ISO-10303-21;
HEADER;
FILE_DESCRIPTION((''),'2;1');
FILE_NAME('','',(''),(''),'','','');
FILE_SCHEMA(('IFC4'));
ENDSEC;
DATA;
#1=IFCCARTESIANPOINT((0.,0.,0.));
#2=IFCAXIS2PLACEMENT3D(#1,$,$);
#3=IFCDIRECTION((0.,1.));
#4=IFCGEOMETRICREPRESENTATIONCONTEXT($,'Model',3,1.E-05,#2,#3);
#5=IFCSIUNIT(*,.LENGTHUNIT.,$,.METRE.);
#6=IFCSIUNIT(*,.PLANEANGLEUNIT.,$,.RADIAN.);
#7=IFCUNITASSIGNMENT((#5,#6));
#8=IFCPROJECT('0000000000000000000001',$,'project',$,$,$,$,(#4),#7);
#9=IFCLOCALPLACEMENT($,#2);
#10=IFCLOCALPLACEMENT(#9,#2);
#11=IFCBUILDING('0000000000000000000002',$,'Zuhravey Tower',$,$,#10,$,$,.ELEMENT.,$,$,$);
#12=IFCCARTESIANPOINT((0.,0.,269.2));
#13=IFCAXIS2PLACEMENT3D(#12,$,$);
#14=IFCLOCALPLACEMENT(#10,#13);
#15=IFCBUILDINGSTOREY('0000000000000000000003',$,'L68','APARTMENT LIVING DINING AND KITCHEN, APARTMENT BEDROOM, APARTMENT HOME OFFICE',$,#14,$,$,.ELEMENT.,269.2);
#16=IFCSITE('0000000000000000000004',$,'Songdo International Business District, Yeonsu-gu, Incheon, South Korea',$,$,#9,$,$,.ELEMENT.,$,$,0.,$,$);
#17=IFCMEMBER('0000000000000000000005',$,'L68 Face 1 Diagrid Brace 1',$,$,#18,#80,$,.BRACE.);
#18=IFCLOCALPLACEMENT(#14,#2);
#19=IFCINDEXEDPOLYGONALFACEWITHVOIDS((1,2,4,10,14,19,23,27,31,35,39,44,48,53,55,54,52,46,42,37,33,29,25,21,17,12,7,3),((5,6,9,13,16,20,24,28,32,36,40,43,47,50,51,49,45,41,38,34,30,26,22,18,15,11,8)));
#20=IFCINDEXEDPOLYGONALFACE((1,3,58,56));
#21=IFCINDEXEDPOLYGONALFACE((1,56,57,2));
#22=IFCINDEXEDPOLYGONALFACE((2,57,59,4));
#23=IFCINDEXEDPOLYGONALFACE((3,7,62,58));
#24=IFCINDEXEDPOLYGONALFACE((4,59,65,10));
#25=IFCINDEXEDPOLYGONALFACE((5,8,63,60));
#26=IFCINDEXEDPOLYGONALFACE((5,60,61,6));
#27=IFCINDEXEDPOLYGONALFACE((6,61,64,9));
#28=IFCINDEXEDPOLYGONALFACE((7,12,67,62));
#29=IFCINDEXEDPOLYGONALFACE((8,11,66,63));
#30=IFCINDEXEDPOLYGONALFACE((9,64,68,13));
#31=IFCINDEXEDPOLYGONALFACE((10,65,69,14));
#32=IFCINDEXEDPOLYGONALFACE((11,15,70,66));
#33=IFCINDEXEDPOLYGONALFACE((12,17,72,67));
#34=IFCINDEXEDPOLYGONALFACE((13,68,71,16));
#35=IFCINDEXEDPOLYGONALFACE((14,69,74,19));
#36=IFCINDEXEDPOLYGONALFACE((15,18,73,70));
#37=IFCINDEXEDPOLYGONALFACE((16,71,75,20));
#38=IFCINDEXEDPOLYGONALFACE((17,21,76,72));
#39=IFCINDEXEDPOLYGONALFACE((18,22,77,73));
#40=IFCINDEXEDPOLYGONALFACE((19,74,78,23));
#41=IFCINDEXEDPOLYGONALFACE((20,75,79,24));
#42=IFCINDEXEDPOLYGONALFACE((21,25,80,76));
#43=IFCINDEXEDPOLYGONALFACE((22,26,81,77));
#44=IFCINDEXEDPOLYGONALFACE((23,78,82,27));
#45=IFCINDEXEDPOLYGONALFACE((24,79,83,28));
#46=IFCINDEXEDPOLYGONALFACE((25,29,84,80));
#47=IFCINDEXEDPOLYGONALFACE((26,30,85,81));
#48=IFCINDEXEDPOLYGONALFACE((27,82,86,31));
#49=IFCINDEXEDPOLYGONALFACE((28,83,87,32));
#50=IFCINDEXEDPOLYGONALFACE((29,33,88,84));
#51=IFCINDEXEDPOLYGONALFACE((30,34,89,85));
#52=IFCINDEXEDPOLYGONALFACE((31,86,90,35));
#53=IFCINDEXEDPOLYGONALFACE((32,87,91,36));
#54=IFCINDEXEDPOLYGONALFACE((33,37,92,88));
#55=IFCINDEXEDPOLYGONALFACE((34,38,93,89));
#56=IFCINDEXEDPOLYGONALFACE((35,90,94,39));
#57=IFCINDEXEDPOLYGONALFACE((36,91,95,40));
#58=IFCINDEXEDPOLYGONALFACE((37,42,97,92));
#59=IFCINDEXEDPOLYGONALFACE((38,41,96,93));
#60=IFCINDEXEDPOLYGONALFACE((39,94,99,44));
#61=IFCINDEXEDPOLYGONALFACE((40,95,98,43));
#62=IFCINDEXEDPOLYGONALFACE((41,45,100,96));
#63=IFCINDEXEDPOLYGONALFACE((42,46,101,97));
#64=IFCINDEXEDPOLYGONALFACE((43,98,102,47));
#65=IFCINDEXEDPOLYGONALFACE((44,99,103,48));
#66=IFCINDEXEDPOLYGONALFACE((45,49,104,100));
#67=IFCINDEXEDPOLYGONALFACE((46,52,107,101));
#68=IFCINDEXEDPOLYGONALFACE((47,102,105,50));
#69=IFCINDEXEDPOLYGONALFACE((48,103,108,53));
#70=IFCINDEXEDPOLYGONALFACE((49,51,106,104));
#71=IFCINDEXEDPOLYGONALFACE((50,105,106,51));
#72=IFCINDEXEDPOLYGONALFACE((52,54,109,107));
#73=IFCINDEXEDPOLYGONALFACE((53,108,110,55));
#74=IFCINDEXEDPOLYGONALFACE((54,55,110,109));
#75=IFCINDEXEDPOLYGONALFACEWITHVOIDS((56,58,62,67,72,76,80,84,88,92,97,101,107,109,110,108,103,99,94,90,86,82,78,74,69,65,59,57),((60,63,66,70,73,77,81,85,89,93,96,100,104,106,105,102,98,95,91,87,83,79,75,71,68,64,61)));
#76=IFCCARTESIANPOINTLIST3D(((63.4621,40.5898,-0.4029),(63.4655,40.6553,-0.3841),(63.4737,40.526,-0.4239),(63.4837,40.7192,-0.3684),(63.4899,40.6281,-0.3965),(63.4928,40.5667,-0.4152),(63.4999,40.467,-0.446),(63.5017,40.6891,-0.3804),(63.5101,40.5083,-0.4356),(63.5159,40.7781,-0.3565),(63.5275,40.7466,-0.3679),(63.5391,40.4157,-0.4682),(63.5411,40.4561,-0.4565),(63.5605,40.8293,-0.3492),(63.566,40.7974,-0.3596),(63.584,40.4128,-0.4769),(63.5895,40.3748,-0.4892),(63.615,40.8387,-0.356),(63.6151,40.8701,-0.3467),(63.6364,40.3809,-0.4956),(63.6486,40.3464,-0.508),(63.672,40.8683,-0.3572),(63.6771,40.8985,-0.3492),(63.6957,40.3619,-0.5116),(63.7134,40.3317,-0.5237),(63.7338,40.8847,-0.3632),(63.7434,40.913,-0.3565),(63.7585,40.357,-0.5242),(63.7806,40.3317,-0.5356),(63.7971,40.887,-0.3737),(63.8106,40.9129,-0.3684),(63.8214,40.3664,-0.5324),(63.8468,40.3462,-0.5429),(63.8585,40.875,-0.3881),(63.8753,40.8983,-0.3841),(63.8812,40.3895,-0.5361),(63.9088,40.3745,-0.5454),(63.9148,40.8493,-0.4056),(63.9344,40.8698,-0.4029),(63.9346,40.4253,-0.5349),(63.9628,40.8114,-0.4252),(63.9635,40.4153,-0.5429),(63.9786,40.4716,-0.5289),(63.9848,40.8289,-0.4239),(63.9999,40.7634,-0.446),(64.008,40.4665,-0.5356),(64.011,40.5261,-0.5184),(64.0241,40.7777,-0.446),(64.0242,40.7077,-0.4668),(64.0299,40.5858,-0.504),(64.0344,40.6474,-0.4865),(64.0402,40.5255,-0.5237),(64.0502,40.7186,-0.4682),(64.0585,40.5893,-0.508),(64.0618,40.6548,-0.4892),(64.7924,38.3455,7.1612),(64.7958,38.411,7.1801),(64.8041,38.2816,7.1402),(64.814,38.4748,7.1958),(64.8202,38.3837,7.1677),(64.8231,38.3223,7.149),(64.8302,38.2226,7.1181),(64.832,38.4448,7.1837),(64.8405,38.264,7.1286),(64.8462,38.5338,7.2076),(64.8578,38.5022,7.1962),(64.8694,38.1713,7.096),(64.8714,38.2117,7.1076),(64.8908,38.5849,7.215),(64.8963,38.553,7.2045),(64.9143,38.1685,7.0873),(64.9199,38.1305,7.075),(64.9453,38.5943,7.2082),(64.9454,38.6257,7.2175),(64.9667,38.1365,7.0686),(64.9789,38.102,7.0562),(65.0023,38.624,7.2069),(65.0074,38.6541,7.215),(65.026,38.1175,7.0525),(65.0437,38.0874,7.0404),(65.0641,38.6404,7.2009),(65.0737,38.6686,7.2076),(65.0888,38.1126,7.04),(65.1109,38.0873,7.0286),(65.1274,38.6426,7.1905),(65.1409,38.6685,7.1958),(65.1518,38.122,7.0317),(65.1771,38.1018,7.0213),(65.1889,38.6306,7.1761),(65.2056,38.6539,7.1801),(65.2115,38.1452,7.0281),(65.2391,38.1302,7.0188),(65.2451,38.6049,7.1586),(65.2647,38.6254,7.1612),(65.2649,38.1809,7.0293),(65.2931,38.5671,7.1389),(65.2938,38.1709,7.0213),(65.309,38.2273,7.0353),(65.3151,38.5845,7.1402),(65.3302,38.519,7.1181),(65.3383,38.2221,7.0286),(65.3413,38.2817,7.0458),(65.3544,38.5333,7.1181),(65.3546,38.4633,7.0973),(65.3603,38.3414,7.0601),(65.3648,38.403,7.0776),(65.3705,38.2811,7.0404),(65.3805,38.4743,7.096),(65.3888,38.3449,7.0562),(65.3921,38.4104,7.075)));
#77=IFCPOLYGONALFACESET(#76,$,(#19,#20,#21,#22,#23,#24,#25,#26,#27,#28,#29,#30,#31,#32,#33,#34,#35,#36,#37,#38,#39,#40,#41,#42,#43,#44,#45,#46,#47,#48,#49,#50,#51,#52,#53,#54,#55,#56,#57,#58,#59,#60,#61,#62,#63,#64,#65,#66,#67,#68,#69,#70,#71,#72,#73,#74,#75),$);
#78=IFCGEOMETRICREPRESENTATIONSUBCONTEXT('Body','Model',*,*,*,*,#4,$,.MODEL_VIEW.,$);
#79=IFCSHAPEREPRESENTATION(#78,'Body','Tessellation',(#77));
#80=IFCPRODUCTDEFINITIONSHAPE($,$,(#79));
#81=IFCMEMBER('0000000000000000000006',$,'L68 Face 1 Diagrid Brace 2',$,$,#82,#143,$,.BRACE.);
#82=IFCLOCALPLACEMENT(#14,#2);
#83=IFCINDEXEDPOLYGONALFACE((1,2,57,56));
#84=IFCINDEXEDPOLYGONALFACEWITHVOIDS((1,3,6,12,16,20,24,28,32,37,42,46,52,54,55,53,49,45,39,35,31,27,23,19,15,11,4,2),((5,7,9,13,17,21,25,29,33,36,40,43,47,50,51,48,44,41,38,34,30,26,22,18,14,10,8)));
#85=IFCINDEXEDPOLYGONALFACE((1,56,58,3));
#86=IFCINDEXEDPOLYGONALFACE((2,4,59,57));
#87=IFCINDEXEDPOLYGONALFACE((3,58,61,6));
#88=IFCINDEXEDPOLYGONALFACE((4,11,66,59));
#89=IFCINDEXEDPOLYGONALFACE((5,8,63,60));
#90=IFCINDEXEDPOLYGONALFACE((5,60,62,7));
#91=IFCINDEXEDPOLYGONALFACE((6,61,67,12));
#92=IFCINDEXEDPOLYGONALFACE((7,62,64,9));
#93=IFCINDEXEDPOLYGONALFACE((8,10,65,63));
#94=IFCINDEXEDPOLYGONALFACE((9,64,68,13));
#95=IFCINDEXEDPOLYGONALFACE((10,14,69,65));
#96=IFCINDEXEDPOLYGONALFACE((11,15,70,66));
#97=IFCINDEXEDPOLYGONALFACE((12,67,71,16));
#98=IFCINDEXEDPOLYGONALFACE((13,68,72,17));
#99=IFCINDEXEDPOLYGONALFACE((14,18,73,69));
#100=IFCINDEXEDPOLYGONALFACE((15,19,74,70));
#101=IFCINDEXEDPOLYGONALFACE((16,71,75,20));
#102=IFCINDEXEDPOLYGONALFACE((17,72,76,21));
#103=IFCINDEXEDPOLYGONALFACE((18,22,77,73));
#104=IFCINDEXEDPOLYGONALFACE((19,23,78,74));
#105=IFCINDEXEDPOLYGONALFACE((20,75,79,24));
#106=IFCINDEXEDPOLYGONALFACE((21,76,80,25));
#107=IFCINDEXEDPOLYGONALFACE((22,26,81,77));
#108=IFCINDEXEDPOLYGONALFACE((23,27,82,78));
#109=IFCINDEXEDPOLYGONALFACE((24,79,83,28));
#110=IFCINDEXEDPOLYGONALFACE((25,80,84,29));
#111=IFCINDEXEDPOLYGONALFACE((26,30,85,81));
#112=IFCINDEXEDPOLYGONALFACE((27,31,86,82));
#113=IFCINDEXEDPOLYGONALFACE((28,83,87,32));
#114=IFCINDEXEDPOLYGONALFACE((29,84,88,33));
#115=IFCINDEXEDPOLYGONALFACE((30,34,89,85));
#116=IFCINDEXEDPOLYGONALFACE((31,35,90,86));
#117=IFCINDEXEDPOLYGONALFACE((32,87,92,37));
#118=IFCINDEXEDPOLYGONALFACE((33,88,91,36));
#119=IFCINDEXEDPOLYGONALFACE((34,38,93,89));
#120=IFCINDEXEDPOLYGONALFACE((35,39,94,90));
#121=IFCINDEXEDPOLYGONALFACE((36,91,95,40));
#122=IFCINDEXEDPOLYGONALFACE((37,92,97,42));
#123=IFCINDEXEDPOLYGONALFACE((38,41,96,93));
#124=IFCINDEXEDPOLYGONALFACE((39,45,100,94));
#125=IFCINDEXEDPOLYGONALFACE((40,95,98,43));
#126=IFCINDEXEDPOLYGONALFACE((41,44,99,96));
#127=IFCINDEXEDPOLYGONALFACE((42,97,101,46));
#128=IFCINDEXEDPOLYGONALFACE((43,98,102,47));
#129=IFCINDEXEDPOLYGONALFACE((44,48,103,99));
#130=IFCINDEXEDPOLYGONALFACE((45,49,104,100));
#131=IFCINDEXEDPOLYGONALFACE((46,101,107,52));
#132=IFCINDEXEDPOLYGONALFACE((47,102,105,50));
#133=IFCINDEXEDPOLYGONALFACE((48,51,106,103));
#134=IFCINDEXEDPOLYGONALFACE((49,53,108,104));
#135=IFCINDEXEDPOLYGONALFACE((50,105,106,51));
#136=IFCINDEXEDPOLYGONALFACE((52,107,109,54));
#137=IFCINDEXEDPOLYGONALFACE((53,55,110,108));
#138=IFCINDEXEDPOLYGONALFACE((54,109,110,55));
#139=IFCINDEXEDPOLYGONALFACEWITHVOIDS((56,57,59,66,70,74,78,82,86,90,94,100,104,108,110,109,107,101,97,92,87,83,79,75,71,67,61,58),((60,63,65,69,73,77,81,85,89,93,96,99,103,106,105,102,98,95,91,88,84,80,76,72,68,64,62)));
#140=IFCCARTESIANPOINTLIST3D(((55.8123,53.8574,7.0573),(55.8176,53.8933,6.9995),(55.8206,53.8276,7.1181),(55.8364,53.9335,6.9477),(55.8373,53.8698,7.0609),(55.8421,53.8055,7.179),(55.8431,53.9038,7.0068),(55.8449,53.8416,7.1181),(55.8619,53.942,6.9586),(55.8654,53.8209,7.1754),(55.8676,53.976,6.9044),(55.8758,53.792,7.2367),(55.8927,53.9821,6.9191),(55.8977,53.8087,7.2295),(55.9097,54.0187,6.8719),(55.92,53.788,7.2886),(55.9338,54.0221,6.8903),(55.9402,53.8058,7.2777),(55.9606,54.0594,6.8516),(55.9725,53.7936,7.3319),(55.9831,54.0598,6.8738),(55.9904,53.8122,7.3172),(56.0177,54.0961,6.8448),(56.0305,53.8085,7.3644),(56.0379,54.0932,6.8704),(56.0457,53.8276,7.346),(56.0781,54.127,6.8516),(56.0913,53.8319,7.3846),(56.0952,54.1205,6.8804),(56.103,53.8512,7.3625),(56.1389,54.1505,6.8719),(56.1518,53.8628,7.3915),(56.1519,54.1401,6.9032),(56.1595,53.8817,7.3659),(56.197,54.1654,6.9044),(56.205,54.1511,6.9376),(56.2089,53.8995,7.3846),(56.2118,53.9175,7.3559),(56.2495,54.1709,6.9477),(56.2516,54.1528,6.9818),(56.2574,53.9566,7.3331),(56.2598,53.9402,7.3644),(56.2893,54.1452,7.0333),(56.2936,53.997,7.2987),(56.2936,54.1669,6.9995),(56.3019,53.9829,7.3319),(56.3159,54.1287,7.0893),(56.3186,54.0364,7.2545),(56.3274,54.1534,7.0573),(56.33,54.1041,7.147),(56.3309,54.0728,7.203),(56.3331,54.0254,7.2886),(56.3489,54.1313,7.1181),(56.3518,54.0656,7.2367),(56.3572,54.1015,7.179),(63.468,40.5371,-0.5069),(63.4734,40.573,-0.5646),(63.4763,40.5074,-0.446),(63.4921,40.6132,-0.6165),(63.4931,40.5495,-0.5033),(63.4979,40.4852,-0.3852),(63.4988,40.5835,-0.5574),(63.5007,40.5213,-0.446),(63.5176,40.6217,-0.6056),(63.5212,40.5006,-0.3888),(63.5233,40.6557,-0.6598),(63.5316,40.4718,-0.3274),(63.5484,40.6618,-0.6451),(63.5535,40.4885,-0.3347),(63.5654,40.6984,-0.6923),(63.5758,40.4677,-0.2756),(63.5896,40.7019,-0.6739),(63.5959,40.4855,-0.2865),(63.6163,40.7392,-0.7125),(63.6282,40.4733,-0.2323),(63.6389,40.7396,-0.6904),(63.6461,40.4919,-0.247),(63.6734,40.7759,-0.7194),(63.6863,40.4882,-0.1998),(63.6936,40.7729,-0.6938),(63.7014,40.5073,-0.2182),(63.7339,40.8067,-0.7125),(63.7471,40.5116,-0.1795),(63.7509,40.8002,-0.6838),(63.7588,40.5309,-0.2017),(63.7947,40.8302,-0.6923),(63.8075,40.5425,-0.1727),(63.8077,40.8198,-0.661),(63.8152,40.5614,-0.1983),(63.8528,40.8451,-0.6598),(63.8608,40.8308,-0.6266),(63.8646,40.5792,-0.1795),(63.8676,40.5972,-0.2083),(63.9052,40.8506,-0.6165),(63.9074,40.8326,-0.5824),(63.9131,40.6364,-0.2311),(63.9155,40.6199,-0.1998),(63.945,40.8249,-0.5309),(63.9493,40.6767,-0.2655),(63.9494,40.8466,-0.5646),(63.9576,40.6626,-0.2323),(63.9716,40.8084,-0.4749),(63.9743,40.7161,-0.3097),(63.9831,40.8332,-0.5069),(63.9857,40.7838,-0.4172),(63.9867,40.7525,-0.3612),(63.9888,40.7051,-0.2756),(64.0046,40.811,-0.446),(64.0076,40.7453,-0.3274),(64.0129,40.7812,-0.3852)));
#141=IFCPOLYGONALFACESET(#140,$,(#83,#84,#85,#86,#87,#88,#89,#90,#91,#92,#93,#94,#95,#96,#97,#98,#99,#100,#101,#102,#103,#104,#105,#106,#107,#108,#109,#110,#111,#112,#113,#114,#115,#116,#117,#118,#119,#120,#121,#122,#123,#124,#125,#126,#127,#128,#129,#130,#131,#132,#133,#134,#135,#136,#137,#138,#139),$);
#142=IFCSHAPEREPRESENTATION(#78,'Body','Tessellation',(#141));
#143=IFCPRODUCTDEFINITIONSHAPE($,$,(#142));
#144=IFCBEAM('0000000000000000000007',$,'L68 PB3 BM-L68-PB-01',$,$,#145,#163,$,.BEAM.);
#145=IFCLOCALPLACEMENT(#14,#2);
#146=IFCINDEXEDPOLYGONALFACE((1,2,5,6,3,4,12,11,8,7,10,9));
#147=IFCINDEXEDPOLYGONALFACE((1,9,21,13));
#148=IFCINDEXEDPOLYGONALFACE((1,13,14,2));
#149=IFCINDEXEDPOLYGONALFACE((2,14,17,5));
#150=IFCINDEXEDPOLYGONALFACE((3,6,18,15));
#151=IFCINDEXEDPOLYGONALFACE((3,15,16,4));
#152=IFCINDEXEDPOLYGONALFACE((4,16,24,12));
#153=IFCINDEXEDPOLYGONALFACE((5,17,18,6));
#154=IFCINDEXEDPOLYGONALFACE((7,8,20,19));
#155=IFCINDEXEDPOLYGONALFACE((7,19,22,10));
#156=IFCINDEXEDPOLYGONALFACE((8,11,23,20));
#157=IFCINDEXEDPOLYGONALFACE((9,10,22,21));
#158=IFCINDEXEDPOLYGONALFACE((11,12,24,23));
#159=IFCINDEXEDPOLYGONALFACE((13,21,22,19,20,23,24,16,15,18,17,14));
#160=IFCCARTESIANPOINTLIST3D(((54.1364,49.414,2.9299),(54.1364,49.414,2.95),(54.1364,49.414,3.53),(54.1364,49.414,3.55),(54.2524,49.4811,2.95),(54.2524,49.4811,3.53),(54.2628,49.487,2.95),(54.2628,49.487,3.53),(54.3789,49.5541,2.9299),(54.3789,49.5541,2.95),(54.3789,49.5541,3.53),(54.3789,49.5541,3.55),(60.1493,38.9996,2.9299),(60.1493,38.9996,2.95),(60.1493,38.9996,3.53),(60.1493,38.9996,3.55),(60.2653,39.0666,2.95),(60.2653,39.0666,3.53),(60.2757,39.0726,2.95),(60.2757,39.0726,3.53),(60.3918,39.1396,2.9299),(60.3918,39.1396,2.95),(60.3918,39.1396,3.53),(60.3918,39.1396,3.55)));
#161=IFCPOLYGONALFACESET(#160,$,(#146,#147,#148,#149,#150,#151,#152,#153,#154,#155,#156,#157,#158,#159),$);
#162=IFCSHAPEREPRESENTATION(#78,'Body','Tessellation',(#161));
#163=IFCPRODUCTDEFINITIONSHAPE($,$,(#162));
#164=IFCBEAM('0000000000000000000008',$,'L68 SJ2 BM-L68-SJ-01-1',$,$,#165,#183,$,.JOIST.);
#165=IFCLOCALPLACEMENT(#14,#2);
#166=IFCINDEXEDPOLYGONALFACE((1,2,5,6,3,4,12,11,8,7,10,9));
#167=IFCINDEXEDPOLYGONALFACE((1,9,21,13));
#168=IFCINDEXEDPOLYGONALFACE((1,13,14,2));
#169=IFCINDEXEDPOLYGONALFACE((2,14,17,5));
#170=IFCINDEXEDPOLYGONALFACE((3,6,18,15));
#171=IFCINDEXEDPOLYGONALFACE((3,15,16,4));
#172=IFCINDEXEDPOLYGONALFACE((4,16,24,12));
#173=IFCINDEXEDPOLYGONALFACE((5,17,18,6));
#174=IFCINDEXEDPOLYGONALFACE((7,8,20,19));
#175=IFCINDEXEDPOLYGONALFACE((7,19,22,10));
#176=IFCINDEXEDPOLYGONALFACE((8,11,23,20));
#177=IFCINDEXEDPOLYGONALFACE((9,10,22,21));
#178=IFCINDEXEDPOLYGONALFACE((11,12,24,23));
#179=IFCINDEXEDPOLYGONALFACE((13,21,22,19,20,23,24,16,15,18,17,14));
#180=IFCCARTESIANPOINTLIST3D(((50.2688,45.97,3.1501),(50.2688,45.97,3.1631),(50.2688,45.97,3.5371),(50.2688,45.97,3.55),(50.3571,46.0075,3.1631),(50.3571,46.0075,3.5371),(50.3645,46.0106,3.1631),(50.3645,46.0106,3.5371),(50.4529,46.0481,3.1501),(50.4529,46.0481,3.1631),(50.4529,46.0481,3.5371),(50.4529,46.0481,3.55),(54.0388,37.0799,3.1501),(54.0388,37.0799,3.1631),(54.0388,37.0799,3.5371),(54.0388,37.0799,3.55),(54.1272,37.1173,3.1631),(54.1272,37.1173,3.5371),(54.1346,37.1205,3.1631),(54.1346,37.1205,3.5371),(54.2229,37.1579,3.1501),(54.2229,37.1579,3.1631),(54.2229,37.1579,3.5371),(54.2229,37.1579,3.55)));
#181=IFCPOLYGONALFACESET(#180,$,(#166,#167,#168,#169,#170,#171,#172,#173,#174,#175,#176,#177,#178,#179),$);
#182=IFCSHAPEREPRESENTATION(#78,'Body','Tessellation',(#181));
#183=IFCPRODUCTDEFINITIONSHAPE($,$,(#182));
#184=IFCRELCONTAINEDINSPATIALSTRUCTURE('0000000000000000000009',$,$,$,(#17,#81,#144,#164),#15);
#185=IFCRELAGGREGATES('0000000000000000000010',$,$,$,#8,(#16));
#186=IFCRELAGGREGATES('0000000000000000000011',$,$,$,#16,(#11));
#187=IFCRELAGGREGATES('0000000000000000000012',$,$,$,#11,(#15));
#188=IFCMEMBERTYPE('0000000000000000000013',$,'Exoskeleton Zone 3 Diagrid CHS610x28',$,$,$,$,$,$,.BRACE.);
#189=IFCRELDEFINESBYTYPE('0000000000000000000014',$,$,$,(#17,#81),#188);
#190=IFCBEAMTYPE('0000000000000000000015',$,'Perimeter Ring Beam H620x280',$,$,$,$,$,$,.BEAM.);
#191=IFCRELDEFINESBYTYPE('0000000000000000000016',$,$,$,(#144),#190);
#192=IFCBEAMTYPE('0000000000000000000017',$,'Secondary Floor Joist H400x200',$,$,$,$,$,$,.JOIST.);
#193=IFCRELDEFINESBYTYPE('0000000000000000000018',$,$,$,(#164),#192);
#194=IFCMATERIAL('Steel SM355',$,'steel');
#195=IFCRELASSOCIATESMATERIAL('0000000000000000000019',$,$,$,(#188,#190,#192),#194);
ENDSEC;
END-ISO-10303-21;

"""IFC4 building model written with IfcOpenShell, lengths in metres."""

from ifc_helpers import new_model, si_unit, direction, frame, origin, origin_2d, place, context, subcontext, project, spatial, hollow_circle, i_section, extrude, material, material_profile, profile_set, type_object, element, save


model = new_model("IFC4")

# Units and contexts
model_context = context("Model", 3, precision=1e-05, world=origin(), true_north=direction((0.0, 1.0)))
body_context = subcontext(model_context, "Body", "Model", "MODEL_VIEW")
ifc_project = project(units=[si_unit("LENGTHUNIT", "METRE"), si_unit("PLANEANGLEUNIT", "RADIAN")], contexts=[model_context])

# Site, building, storey
site_placement = place(None, origin())
site = spatial("IfcSite", under=ifc_project, at=site_placement, Name="Songdo International Business District, Yeonsu-gu, Incheon, South Korea", CompositionType="ELEMENT", RefElevation=0.0)
building_placement = place(site_placement, origin())
building = spatial("IfcBuilding", under=site, at=building_placement, Name="Zuhravey Tower", CompositionType="ELEMENT")
storey_placement = place(building_placement, frame((0.0, 0.0, 269.2)))
storey = spatial("IfcBuildingStorey", under=building, at=storey_placement, Name="L68", Description="APARTMENT LIVING DINING AND KITCHEN, APARTMENT BEDROOM, APARTMENT HOME OFFICE", CompositionType="ELEMENT", Elevation=269.2)

# Members
ifc_material_1 = material(Name="Steel SM355", Category="steel")
ifc_material_profile_1 = material_profile(ifc_material_1, hollow_circle(Radius=0.3047, WallThickness=0.0281, at=origin_2d()), Name="CHS-609.6x28")
ifc_profile_set_1 = profile_set([ifc_material_profile_1], Name="Steel SM355")
member_type_1 = type_object("IfcMemberType", Name="Exoskeleton Zone 3 Diagrid CHS610x28", PredefinedType="BRACE", material=ifc_profile_set_1)
member_1_placement = place(storey_placement, frame((63.762, 40.6223, -0.446), z_axis=(0.166259, -0.280495, 0.945347), x_axis=(0.860238, 0.509892, 0.0)))
element("IfcMember", 1, at=member_1_placement, inside=storey, type_object=member_type_1, Name="L68 Face 1 Diagrid Brace 1", PredefinedType="BRACE", context=body_context, shape_type="SweptSolid", body=[
    extrude(hollow_circle(Radius=0.3047, WallThickness=0.0281, at=origin_2d()), origin(), (0.0, 0.0, 1.0), 8.0015),
])
member_2_placement = place(storey_placement, frame((63.7405, 40.6592, -0.446), z_axis=(-0.447057, 0.777838, 0.441711), x_axis=(-0.867002, -0.498304, 0.0)))
element("IfcMember", 2, at=member_2_placement, inside=storey, type_object=member_type_1, Name="L68 Face 1 Diagrid Brace 2", PredefinedType="BRACE", context=body_context, shape_type="SweptSolid", body=[
    extrude(hollow_circle(Radius=0.3047, WallThickness=0.0281, at=origin_2d()), origin(), (0.0, 0.0, 1.0), 17.1248),
])

# Beams
ifc_material_profile_2 = material_profile(ifc_material_1, i_section(OverallWidth=0.28, OverallDepth=0.6201, WebThickness=0.012, FlangeThickness=0.02, at=origin_2d()), Name="H-620x280x12x20")
ifc_profile_set_2 = profile_set([ifc_material_profile_2], Name="Steel SM355")
beam_type_1 = type_object("IfcBeamType", Name="Perimeter Ring Beam H620x280", PredefinedType="BEAM", material=ifc_profile_set_2)
beam_1_placement = place(storey_placement, frame((60.2705, 39.0696, 3.24), z_axis=(-0.500006, 0.866022, 0.0), x_axis=(-0.866022, -0.500006, 0.0)))
element("IfcBeam", 3, at=beam_1_placement, inside=storey, type_object=beam_type_1, Name="L68 PB3 BM-L68-PB-01", PredefinedType="BEAM", context=body_context, shape_type="SweptSolid", body=[
    extrude(i_section(OverallWidth=0.28, OverallDepth=0.6201, WebThickness=0.012, FlangeThickness=0.02, at=origin_2d()), origin(), (0.0, 0.0, 1.0), 12.0256),
])
ifc_material_profile_3 = material_profile(ifc_material_1, i_section(OverallWidth=0.2, OverallDepth=0.3999, WebThickness=0.0081, FlangeThickness=0.0129, at=origin_2d()), Name="H-400x200x8x13")
ifc_profile_set_3 = profile_set([ifc_material_profile_3], Name="Steel SM355")
beam_type_2 = type_object("IfcBeamType", Name="Secondary Floor Joist H400x200", PredefinedType="JOIST", material=ifc_profile_set_3)
beam_2_placement = place(storey_placement, frame((54.1309, 37.1189, 3.3501), z_axis=(-0.390413, 0.92064, 0.0), x_axis=(-0.92064, -0.390413, 0.0)))
element("IfcBeam", 4, at=beam_2_placement, inside=storey, type_object=beam_type_2, Name="L68 SJ2 BM-L68-SJ-01-1", PredefinedType="JOIST", context=body_context, shape_type="SweptSolid", body=[
    extrude(i_section(OverallWidth=0.2, OverallDepth=0.3999, WebThickness=0.0081, FlangeThickness=0.0129, at=origin_2d()), origin(), (0.0, 0.0, 1.0), 9.6565),
])

save(model, "model.ifc")
